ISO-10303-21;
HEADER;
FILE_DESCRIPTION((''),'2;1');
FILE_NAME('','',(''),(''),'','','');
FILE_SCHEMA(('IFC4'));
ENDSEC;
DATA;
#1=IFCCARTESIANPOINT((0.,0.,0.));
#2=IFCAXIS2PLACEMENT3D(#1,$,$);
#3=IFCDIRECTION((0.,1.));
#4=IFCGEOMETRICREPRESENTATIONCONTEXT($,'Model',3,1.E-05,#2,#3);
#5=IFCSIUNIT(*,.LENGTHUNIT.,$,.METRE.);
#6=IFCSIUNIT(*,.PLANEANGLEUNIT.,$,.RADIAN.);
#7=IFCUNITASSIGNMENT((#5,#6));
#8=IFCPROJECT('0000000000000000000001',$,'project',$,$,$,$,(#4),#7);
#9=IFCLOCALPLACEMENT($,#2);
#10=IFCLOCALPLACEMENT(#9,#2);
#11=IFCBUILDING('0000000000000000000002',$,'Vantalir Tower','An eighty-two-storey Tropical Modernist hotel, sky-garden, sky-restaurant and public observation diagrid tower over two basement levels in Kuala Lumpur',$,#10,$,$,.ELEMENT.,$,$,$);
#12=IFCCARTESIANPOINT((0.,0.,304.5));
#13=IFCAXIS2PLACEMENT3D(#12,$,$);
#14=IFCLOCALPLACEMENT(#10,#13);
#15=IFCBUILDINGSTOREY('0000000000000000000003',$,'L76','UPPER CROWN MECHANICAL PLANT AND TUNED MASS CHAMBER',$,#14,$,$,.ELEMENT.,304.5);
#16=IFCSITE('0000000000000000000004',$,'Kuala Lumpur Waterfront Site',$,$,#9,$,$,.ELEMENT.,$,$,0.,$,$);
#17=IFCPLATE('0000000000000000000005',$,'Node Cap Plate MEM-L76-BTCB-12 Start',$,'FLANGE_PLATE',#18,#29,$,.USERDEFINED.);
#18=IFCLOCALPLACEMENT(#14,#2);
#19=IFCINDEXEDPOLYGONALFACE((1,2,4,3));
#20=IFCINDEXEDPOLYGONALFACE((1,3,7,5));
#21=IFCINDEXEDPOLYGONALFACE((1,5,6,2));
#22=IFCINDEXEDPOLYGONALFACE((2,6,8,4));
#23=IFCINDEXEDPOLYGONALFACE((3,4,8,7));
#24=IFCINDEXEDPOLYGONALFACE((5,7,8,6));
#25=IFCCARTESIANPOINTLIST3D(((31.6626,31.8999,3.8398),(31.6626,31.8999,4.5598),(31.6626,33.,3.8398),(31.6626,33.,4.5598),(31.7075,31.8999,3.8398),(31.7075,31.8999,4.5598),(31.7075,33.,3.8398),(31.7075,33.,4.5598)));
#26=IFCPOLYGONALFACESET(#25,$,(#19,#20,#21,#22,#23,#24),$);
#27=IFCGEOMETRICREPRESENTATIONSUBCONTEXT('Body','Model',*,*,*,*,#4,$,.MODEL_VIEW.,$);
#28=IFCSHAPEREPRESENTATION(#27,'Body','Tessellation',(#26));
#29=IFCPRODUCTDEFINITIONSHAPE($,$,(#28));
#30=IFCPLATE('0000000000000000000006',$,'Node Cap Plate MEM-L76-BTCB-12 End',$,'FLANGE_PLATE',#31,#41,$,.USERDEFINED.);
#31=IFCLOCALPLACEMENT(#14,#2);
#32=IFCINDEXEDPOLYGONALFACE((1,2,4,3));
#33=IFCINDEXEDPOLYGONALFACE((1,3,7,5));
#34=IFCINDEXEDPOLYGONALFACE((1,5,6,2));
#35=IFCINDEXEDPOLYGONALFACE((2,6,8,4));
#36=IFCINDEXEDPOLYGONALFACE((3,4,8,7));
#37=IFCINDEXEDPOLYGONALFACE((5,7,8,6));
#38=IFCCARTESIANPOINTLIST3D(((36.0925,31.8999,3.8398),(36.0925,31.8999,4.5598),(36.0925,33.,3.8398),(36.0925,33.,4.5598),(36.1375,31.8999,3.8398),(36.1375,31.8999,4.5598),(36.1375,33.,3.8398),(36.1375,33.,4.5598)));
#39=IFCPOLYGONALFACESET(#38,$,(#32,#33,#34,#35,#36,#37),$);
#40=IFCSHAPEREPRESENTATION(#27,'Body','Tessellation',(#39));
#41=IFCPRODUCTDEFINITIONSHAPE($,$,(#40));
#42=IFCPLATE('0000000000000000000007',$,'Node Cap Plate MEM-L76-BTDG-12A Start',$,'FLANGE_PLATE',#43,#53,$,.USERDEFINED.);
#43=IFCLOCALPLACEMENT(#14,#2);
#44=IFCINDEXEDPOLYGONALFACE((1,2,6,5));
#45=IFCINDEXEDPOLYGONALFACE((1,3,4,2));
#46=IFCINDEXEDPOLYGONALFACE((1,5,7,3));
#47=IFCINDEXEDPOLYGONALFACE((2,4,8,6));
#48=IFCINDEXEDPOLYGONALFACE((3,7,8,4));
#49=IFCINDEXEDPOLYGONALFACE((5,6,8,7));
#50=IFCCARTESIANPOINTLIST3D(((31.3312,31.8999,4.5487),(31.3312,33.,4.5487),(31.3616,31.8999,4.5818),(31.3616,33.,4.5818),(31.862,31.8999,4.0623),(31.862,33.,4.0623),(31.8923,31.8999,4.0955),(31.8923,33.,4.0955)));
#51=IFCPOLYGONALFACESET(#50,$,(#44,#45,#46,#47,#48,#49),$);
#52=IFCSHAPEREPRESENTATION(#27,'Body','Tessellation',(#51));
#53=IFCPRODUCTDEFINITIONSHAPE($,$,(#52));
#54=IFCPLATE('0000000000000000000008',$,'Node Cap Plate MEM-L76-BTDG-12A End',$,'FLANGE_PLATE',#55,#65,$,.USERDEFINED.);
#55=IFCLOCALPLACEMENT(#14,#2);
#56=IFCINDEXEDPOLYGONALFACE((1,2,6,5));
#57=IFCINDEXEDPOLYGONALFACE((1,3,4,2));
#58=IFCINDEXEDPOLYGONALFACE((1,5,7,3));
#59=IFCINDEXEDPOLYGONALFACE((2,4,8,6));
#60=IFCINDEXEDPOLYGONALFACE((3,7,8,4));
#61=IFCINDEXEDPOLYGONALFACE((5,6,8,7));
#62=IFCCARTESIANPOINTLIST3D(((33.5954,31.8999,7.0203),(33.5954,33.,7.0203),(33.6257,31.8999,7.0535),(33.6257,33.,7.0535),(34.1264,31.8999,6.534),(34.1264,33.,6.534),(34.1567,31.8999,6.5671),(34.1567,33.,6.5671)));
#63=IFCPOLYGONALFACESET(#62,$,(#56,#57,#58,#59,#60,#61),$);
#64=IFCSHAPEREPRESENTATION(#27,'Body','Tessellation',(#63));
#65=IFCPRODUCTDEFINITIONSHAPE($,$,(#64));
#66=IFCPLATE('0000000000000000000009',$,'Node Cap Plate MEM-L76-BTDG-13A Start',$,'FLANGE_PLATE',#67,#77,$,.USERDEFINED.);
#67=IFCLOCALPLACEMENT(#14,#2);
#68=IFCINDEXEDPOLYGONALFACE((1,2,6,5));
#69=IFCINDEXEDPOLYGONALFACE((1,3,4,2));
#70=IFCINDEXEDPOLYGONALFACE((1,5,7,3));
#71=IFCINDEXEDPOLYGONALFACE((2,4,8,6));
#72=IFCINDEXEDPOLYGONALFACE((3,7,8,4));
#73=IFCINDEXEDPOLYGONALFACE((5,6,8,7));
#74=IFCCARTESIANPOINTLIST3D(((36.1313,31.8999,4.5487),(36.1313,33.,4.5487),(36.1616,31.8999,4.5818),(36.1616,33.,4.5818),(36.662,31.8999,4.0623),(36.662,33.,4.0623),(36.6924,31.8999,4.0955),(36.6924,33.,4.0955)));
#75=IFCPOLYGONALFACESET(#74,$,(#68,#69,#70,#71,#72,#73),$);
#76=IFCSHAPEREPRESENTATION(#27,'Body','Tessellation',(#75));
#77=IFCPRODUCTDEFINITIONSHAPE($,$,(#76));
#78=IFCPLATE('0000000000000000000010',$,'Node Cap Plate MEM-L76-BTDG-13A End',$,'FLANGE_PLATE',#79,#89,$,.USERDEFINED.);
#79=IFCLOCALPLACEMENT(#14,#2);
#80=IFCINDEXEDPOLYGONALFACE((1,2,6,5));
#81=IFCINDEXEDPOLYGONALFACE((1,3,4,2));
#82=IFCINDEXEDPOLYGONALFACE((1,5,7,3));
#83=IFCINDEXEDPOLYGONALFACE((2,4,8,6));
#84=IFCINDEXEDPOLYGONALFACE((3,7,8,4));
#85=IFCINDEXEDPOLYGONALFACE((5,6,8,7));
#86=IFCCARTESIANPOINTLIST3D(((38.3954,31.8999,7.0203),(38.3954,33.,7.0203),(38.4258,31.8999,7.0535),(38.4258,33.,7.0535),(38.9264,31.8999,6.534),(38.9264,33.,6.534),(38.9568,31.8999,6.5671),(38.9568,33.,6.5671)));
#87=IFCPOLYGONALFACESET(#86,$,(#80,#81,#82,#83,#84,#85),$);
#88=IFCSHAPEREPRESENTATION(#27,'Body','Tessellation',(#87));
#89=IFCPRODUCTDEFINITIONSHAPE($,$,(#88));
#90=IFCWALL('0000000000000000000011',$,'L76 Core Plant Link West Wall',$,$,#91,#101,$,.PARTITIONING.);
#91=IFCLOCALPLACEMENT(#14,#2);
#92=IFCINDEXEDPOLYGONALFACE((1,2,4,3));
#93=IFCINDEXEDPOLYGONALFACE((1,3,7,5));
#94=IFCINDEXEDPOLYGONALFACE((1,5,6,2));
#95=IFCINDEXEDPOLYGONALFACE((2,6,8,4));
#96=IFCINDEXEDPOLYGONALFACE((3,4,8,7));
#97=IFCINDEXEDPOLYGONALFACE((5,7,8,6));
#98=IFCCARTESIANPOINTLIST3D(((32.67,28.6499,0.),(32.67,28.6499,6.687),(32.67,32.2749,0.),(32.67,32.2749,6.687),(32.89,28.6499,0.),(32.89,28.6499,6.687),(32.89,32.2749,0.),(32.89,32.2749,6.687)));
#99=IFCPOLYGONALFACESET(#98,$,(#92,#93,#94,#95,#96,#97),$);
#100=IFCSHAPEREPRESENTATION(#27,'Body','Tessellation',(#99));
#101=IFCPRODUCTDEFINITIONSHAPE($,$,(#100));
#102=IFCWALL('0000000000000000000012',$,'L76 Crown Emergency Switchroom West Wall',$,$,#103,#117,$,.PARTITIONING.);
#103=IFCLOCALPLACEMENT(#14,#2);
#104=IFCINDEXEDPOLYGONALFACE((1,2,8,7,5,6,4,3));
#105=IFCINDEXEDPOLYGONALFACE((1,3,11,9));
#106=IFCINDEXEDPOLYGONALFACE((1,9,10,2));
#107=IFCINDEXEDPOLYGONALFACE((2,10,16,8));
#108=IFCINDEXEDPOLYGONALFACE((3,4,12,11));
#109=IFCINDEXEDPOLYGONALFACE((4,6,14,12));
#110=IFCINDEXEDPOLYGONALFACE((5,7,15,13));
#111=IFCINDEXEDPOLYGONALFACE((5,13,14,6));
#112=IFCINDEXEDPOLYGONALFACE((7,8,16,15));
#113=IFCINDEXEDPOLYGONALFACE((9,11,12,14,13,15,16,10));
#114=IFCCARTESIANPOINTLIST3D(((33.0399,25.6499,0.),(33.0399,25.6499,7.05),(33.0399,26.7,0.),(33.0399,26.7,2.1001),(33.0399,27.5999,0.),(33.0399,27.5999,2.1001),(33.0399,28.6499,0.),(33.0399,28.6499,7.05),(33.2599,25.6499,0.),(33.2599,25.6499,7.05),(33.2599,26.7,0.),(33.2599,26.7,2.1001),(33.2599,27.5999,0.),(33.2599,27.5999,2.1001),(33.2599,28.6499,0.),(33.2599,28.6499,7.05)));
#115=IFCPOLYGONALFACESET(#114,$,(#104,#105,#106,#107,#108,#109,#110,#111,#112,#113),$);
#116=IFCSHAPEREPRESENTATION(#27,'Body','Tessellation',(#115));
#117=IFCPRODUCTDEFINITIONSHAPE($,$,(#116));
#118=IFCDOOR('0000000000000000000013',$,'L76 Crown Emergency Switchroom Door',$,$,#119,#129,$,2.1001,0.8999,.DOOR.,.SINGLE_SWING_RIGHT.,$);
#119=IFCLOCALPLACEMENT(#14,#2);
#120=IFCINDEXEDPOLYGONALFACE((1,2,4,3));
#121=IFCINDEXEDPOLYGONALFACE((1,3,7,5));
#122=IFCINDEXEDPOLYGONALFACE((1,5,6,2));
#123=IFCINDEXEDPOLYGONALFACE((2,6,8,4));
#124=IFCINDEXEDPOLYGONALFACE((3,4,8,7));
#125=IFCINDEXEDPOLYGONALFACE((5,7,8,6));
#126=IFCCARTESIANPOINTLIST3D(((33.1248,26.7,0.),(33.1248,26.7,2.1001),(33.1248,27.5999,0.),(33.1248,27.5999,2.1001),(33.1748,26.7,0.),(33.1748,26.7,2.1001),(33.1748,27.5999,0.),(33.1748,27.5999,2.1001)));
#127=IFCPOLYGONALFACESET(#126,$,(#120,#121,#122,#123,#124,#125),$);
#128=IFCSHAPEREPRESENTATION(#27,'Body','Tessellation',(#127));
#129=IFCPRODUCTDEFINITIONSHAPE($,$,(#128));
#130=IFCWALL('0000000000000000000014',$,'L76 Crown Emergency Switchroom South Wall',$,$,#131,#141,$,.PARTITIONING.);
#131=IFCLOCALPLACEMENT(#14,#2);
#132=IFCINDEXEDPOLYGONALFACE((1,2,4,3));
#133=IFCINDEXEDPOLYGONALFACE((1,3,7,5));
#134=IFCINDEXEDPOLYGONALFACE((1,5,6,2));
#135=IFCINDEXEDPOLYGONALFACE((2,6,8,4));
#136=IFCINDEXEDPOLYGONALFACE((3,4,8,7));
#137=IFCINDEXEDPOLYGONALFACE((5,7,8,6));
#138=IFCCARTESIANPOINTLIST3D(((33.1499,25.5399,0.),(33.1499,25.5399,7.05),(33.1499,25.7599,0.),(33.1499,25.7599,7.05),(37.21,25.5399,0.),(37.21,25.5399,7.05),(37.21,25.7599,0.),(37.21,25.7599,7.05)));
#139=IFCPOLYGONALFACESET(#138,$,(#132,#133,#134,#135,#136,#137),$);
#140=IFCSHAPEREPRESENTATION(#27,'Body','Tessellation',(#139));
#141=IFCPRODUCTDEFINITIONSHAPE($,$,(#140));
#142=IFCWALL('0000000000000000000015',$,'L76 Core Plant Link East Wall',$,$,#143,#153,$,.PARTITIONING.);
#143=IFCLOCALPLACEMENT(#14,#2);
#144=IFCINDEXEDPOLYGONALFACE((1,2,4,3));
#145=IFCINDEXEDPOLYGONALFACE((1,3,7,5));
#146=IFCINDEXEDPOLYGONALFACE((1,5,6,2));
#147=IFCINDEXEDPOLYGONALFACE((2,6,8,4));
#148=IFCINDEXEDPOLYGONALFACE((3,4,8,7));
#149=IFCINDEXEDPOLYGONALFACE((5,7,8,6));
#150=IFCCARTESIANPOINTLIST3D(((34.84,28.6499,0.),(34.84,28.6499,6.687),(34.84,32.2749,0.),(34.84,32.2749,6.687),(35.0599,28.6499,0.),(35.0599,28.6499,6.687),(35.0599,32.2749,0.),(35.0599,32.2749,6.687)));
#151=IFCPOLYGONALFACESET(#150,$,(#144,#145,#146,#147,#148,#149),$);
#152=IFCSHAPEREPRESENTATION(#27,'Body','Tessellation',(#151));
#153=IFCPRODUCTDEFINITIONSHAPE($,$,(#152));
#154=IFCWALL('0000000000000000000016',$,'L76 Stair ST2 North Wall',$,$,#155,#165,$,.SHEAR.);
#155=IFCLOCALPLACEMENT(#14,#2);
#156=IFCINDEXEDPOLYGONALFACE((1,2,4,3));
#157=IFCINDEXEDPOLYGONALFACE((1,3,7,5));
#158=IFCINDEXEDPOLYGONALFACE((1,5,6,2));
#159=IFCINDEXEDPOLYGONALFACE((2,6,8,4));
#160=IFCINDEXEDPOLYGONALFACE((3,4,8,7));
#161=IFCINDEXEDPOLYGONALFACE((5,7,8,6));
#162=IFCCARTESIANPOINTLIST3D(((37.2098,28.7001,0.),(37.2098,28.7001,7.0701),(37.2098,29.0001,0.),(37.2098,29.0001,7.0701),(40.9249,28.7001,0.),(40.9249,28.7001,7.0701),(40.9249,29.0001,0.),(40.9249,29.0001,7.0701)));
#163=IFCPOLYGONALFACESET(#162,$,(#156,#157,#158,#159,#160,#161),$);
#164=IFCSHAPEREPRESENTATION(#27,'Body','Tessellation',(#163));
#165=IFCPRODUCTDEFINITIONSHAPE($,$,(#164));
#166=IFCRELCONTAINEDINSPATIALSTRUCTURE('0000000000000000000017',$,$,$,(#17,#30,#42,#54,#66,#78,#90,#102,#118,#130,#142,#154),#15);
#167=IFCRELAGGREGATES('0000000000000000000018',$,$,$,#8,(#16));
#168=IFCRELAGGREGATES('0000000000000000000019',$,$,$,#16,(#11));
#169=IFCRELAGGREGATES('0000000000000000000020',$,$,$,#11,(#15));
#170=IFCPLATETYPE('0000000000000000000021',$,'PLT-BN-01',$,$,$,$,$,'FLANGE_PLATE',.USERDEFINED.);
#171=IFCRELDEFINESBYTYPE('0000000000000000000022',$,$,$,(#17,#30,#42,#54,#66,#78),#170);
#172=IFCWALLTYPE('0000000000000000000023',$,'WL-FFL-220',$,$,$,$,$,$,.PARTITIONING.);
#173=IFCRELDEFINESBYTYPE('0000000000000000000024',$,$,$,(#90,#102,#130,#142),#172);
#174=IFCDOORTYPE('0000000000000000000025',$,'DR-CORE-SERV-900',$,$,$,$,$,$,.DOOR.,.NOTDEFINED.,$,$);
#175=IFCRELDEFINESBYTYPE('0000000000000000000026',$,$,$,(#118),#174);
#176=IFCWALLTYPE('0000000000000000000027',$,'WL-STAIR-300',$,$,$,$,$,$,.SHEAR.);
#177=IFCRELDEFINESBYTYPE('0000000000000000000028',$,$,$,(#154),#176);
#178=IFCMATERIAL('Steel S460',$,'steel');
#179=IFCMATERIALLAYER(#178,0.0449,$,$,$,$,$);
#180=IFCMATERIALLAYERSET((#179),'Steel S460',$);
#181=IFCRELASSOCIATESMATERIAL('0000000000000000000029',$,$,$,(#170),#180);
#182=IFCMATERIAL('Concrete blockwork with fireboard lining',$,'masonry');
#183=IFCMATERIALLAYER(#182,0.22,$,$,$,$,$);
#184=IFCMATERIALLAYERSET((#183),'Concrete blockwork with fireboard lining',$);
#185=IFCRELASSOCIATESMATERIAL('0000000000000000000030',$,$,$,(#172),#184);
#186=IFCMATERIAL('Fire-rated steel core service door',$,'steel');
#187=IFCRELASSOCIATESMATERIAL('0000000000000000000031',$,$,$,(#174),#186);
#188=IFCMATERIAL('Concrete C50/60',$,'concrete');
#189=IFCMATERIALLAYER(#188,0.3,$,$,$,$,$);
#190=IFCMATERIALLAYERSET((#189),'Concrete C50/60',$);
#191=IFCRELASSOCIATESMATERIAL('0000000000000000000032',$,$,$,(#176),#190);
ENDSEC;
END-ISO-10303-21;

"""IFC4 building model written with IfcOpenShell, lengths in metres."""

from ifc_helpers import new_model, si_unit, direction, frame, frame_2d, origin, origin_2d, place, context, subcontext, project, spatial, polyline, rectangle, outline, extrude, material, layer, layer_set, type_object, element, fill, save


model = new_model("IFC4")

# Units and contexts
model_context = context("Model", 3, precision=1e-05, world=origin(), true_north=direction((0.0, 1.0)))
body_context = subcontext(model_context, "Body", "Model", "MODEL_VIEW")
ifc_project = project(units=[si_unit("LENGTHUNIT", "METRE"), si_unit("PLANEANGLEUNIT", "RADIAN")], contexts=[model_context])

# Site, building, storey
site_placement = place(None, origin())
site = spatial("IfcSite", under=ifc_project, at=site_placement, Name="Kuala Lumpur Waterfront Site", CompositionType="ELEMENT", RefElevation=0.0)
building_placement = place(site_placement, origin())
building = spatial("IfcBuilding", under=site, at=building_placement, Name="Vantalir Tower", Description="An eighty-two-storey Tropical Modernist hotel, sky-garden, sky-restaurant and public observation diagrid tower over two basement levels in Kuala Lumpur", CompositionType="ELEMENT")
storey_placement = place(building_placement, frame((0.0, 0.0, 304.5)))
storey = spatial("IfcBuildingStorey", under=building, at=storey_placement, Name="L76", Description="UPPER CROWN MECHANICAL PLANT AND TUNED MASS CHAMBER", CompositionType="ELEMENT", Elevation=304.5)

# Shared definitions
ifc_material_1 = material(Name="Concrete C50/60", Category="concrete")

# Shared definitions
ifc_material_2 = material(Name="Steel S460", Category="steel")

# Plates
ifc_layer_1 = layer(ifc_material_2, 0.0449)
ifc_layer_set_1 = layer_set([ifc_layer_1], Name="Steel S460")
plate_type = type_object("IfcPlateType", Name="PLT-BN-01", ElementType="FLANGE_PLATE", PredefinedType="USERDEFINED", material=ifc_layer_set_1)
for number, where, z_axis, x_axis, name in (
    (1, (31.6851, 32.45, 3.8398), (0.0, 0.0, 1.0), (1.0, 0.0, 0.0), "Node Cap Plate MEM-L76-BTCB-12 Start"),
    (2, (36.115, 32.45, 3.8398), (0.0, 0.0, 1.0), (1.0, 0.0, 0.0), "Node Cap Plate MEM-L76-BTCB-12 End"),
):
    element("IfcPlate", number, at=place(storey_placement, frame(where, z_axis=z_axis, x_axis=x_axis)), inside=storey, type_object=plate_type, Name=name, ObjectType="FLANGE_PLATE", PredefinedType="USERDEFINED", context=body_context, shape_type="SweptSolid", body=[
        extrude(rectangle(XDim=0.0449, YDim=1.1001, at=origin_2d()), origin(), (0.0, 0.0, 1.0), 0.72),
    ])
plate_1_placement = place(storey_placement, frame((31.8923, 31.8999, 4.0955), z_axis=(0.675571, 0.0, 0.737295), x_axis=(0.0, 1.0, 0.0)))
element("IfcPlate", 3, at=plate_1_placement, inside=storey, type_object=plate_type, Name="Node Cap Plate MEM-L76-BTDG-12A Start", ObjectType="FLANGE_PLATE", PredefinedType="USERDEFINED", context=body_context, shape_type="SweptSolid", body=[
    extrude(outline(polyline([(0.0, 0.0), (1.1001, 0.0), (1.1001, 0.7199), (0.0, 0.7199), (0.0, 0.0)])), origin(), (0.0, 0.0, -1.0), 0.0449),
])
plate_2_placement = place(storey_placement, frame((34.1567, 31.8999, 6.5671), z_axis=(0.675402, 0.0, 0.73745), x_axis=(0.0, 1.0, 0.0)))
element("IfcPlate", 4, at=plate_2_placement, inside=storey, type_object=plate_type, Name="Node Cap Plate MEM-L76-BTDG-12A End", ObjectType="FLANGE_PLATE", PredefinedType="USERDEFINED", context=body_context, shape_type="SweptSolid", body=[
    extrude(outline(polyline([(0.0, 0.0), (1.1001, 0.0), (1.1001, 0.7201), (0.0, 0.7201), (0.0, 0.0)])), origin(), (0.0, 0.0, -1.0), 0.0449),
])
plate_3_placement = place(storey_placement, frame((36.6924, 31.8999, 4.0955), z_axis=(0.675571, 0.0, 0.737295), x_axis=(0.0, 1.0, 0.0)))
element("IfcPlate", 5, at=plate_3_placement, inside=storey, type_object=plate_type, Name="Node Cap Plate MEM-L76-BTDG-13A Start", ObjectType="FLANGE_PLATE", PredefinedType="USERDEFINED", context=body_context, shape_type="SweptSolid", body=[
    extrude(outline(polyline([(0.0, 0.0), (1.1001, 0.0), (1.1001, 0.7199), (0.0, 0.7199), (0.0, 0.0)])), origin(), (0.0, 0.0, -1.0), 0.0449),
])
plate_4_placement = place(storey_placement, frame((38.9568, 31.8999, 6.5671), z_axis=(0.675402, 0.0, 0.73745), x_axis=(0.0, 1.0, 0.0)))
element("IfcPlate", 6, at=plate_4_placement, inside=storey, type_object=plate_type, Name="Node Cap Plate MEM-L76-BTDG-13A End", ObjectType="FLANGE_PLATE", PredefinedType="USERDEFINED", context=body_context, shape_type="SweptSolid", body=[
    extrude(outline(polyline([(0.0, 0.0), (1.1001, 0.0), (1.1001, 0.7201), (0.0, 0.7201), (0.0, 0.0)])), origin(), (0.0, 0.0, -1.0), 0.0449),
])

# Wall
ifc_material_3 = material(Name="Concrete blockwork with fireboard lining", Category="masonry")
ifc_layer_2 = layer(ifc_material_3, 0.22)
ifc_layer_set_2 = layer_set([ifc_layer_2], Name="Concrete blockwork with fireboard lining")
wall_type_1 = type_object("IfcWallType", Name="WL-FFL-220", PredefinedType="PARTITIONING", material=ifc_layer_set_2)
wall_1_placement = place(storey_placement, frame((32.78, 28.6499, 0.0), z_axis=(0.0, 0.0, 1.0), x_axis=(0.0, 1.0, 0.0)))
element("IfcWall", 7, at=wall_1_placement, inside=storey, type_object=wall_type_1, Name="L76 Core Plant Link West Wall", PredefinedType="PARTITIONING", context=body_context, shape_type="SweptSolid", body=[
    extrude(rectangle(XDim=3.625, YDim=0.22, at=frame_2d((1.8125, 0.0))), origin(), (0.0, 0.0, 1.0), 6.687),
])

# Wall, opening, door
wall_2_placement = place(storey_placement, frame((33.1499, 25.6499, 0.0), z_axis=(0.0, 0.0, 1.0), x_axis=(0.0, 1.0, 0.0)))
wall_2 = element("IfcWall", 8, at=wall_2_placement, inside=storey, type_object=wall_type_1, Name="L76 Crown Emergency Switchroom West Wall", PredefinedType="PARTITIONING", context=body_context, shape_type="SweptSolid", body=[
    extrude(rectangle(XDim=3.0, YDim=0.22, at=frame_2d((1.5, 0.0))), origin(), (0.0, 0.0, 1.0), 7.05),
])
opening_placement = place(wall_2_placement, frame((1.05, 0.0, 0.0)))
opening = element("IfcOpeningElement", 9, at=opening_placement, cuts=wall_2, PredefinedType="OPENING", context=body_context, shape_type="SweptSolid", body=[
    extrude(rectangle(XDim=0.8999, YDim=2.1001, at=frame_2d((0.45, 1.05))), frame((0.0, 0.1199, 0.0), z_axis=(0.0, -1.0, 0.0), x_axis=(1.0, 0.0, 0.0)), (0.0, 0.0, 1.0), 0.24),
])
ifc_material_4 = material(Name="Fire-rated steel core service door", Category="steel")
door_type = type_object("IfcDoorType", Name="DR-CORE-SERV-900", OperationType="NOTDEFINED", PredefinedType="DOOR", material=ifc_material_4)
door_placement = place(opening_placement, frame((0.8999, 0.0, 0.0), z_axis=(0.0, 0.0, 1.0), x_axis=(-1.0, 0.0, 0.0)))
door = element("IfcDoor", 10, at=door_placement, inside=storey, type_object=door_type, Name="L76 Crown Emergency Switchroom Door", OperationType="SINGLE_SWING_RIGHT", OverallHeight=2.1001, OverallWidth=0.8999, PredefinedType="DOOR", context=body_context, shape_type="SweptSolid", body=[
    extrude(rectangle(XDim=0.8999, YDim=2.1001, at=frame_2d((0.45, 1.05))), frame((0.0, 0.0249, 0.0), z_axis=(0.0, -1.0, 0.0), x_axis=(1.0, 0.0, 0.0)), (0.0, 0.0, 1.0), 0.05),
])
fill(opening, door)

# Walls
wall_3_placement = place(storey_placement, frame((33.1499, 25.6499, 0.0), z_axis=(0.0, 0.0, 1.0), x_axis=(1.0, 0.0, 0.0)))
element("IfcWall", 11, at=wall_3_placement, inside=storey, type_object=wall_type_1, Name="L76 Crown Emergency Switchroom South Wall", PredefinedType="PARTITIONING", context=body_context, shape_type="SweptSolid", body=[
    extrude(rectangle(XDim=4.0601, YDim=0.22, at=frame_2d((2.03, 0.0))), origin(), (0.0, 0.0, 1.0), 7.05),
])
wall_4_placement = place(storey_placement, frame((34.95, 28.6499, 0.0), z_axis=(0.0, 0.0, 1.0), x_axis=(0.0, 1.0, 0.0)))
element("IfcWall", 12, at=wall_4_placement, inside=storey, type_object=wall_type_1, Name="L76 Core Plant Link East Wall", PredefinedType="PARTITIONING", context=body_context, shape_type="SweptSolid", body=[
    extrude(rectangle(XDim=3.625, YDim=0.22, at=frame_2d((1.8125, 0.0))), origin(), (0.0, 0.0, 1.0), 6.687),
])
ifc_layer_3 = layer(ifc_material_1, 0.3)
ifc_layer_set_3 = layer_set([ifc_layer_3], Name="Concrete C50/60")
wall_type_2 = type_object("IfcWallType", Name="WL-STAIR-300", PredefinedType="SHEAR", material=ifc_layer_set_3)
wall_5_placement = place(storey_placement, frame((37.21, 28.8501, 0.0), z_axis=(0.0, 0.0, 1.0), x_axis=(1.0, 0.0, 0.0)))
element("IfcWall", 13, at=wall_5_placement, inside=storey, type_object=wall_type_2, Name="L76 Stair ST2 North Wall", PredefinedType="SHEAR", context=body_context, shape_type="SweptSolid", body=[
    extrude(rectangle(XDim=3.7151, YDim=0.3, at=frame_2d((1.8574, 0.0))), origin(), (0.0, 0.0, 1.0), 7.0701),
])

save(model, "model.ifc")
